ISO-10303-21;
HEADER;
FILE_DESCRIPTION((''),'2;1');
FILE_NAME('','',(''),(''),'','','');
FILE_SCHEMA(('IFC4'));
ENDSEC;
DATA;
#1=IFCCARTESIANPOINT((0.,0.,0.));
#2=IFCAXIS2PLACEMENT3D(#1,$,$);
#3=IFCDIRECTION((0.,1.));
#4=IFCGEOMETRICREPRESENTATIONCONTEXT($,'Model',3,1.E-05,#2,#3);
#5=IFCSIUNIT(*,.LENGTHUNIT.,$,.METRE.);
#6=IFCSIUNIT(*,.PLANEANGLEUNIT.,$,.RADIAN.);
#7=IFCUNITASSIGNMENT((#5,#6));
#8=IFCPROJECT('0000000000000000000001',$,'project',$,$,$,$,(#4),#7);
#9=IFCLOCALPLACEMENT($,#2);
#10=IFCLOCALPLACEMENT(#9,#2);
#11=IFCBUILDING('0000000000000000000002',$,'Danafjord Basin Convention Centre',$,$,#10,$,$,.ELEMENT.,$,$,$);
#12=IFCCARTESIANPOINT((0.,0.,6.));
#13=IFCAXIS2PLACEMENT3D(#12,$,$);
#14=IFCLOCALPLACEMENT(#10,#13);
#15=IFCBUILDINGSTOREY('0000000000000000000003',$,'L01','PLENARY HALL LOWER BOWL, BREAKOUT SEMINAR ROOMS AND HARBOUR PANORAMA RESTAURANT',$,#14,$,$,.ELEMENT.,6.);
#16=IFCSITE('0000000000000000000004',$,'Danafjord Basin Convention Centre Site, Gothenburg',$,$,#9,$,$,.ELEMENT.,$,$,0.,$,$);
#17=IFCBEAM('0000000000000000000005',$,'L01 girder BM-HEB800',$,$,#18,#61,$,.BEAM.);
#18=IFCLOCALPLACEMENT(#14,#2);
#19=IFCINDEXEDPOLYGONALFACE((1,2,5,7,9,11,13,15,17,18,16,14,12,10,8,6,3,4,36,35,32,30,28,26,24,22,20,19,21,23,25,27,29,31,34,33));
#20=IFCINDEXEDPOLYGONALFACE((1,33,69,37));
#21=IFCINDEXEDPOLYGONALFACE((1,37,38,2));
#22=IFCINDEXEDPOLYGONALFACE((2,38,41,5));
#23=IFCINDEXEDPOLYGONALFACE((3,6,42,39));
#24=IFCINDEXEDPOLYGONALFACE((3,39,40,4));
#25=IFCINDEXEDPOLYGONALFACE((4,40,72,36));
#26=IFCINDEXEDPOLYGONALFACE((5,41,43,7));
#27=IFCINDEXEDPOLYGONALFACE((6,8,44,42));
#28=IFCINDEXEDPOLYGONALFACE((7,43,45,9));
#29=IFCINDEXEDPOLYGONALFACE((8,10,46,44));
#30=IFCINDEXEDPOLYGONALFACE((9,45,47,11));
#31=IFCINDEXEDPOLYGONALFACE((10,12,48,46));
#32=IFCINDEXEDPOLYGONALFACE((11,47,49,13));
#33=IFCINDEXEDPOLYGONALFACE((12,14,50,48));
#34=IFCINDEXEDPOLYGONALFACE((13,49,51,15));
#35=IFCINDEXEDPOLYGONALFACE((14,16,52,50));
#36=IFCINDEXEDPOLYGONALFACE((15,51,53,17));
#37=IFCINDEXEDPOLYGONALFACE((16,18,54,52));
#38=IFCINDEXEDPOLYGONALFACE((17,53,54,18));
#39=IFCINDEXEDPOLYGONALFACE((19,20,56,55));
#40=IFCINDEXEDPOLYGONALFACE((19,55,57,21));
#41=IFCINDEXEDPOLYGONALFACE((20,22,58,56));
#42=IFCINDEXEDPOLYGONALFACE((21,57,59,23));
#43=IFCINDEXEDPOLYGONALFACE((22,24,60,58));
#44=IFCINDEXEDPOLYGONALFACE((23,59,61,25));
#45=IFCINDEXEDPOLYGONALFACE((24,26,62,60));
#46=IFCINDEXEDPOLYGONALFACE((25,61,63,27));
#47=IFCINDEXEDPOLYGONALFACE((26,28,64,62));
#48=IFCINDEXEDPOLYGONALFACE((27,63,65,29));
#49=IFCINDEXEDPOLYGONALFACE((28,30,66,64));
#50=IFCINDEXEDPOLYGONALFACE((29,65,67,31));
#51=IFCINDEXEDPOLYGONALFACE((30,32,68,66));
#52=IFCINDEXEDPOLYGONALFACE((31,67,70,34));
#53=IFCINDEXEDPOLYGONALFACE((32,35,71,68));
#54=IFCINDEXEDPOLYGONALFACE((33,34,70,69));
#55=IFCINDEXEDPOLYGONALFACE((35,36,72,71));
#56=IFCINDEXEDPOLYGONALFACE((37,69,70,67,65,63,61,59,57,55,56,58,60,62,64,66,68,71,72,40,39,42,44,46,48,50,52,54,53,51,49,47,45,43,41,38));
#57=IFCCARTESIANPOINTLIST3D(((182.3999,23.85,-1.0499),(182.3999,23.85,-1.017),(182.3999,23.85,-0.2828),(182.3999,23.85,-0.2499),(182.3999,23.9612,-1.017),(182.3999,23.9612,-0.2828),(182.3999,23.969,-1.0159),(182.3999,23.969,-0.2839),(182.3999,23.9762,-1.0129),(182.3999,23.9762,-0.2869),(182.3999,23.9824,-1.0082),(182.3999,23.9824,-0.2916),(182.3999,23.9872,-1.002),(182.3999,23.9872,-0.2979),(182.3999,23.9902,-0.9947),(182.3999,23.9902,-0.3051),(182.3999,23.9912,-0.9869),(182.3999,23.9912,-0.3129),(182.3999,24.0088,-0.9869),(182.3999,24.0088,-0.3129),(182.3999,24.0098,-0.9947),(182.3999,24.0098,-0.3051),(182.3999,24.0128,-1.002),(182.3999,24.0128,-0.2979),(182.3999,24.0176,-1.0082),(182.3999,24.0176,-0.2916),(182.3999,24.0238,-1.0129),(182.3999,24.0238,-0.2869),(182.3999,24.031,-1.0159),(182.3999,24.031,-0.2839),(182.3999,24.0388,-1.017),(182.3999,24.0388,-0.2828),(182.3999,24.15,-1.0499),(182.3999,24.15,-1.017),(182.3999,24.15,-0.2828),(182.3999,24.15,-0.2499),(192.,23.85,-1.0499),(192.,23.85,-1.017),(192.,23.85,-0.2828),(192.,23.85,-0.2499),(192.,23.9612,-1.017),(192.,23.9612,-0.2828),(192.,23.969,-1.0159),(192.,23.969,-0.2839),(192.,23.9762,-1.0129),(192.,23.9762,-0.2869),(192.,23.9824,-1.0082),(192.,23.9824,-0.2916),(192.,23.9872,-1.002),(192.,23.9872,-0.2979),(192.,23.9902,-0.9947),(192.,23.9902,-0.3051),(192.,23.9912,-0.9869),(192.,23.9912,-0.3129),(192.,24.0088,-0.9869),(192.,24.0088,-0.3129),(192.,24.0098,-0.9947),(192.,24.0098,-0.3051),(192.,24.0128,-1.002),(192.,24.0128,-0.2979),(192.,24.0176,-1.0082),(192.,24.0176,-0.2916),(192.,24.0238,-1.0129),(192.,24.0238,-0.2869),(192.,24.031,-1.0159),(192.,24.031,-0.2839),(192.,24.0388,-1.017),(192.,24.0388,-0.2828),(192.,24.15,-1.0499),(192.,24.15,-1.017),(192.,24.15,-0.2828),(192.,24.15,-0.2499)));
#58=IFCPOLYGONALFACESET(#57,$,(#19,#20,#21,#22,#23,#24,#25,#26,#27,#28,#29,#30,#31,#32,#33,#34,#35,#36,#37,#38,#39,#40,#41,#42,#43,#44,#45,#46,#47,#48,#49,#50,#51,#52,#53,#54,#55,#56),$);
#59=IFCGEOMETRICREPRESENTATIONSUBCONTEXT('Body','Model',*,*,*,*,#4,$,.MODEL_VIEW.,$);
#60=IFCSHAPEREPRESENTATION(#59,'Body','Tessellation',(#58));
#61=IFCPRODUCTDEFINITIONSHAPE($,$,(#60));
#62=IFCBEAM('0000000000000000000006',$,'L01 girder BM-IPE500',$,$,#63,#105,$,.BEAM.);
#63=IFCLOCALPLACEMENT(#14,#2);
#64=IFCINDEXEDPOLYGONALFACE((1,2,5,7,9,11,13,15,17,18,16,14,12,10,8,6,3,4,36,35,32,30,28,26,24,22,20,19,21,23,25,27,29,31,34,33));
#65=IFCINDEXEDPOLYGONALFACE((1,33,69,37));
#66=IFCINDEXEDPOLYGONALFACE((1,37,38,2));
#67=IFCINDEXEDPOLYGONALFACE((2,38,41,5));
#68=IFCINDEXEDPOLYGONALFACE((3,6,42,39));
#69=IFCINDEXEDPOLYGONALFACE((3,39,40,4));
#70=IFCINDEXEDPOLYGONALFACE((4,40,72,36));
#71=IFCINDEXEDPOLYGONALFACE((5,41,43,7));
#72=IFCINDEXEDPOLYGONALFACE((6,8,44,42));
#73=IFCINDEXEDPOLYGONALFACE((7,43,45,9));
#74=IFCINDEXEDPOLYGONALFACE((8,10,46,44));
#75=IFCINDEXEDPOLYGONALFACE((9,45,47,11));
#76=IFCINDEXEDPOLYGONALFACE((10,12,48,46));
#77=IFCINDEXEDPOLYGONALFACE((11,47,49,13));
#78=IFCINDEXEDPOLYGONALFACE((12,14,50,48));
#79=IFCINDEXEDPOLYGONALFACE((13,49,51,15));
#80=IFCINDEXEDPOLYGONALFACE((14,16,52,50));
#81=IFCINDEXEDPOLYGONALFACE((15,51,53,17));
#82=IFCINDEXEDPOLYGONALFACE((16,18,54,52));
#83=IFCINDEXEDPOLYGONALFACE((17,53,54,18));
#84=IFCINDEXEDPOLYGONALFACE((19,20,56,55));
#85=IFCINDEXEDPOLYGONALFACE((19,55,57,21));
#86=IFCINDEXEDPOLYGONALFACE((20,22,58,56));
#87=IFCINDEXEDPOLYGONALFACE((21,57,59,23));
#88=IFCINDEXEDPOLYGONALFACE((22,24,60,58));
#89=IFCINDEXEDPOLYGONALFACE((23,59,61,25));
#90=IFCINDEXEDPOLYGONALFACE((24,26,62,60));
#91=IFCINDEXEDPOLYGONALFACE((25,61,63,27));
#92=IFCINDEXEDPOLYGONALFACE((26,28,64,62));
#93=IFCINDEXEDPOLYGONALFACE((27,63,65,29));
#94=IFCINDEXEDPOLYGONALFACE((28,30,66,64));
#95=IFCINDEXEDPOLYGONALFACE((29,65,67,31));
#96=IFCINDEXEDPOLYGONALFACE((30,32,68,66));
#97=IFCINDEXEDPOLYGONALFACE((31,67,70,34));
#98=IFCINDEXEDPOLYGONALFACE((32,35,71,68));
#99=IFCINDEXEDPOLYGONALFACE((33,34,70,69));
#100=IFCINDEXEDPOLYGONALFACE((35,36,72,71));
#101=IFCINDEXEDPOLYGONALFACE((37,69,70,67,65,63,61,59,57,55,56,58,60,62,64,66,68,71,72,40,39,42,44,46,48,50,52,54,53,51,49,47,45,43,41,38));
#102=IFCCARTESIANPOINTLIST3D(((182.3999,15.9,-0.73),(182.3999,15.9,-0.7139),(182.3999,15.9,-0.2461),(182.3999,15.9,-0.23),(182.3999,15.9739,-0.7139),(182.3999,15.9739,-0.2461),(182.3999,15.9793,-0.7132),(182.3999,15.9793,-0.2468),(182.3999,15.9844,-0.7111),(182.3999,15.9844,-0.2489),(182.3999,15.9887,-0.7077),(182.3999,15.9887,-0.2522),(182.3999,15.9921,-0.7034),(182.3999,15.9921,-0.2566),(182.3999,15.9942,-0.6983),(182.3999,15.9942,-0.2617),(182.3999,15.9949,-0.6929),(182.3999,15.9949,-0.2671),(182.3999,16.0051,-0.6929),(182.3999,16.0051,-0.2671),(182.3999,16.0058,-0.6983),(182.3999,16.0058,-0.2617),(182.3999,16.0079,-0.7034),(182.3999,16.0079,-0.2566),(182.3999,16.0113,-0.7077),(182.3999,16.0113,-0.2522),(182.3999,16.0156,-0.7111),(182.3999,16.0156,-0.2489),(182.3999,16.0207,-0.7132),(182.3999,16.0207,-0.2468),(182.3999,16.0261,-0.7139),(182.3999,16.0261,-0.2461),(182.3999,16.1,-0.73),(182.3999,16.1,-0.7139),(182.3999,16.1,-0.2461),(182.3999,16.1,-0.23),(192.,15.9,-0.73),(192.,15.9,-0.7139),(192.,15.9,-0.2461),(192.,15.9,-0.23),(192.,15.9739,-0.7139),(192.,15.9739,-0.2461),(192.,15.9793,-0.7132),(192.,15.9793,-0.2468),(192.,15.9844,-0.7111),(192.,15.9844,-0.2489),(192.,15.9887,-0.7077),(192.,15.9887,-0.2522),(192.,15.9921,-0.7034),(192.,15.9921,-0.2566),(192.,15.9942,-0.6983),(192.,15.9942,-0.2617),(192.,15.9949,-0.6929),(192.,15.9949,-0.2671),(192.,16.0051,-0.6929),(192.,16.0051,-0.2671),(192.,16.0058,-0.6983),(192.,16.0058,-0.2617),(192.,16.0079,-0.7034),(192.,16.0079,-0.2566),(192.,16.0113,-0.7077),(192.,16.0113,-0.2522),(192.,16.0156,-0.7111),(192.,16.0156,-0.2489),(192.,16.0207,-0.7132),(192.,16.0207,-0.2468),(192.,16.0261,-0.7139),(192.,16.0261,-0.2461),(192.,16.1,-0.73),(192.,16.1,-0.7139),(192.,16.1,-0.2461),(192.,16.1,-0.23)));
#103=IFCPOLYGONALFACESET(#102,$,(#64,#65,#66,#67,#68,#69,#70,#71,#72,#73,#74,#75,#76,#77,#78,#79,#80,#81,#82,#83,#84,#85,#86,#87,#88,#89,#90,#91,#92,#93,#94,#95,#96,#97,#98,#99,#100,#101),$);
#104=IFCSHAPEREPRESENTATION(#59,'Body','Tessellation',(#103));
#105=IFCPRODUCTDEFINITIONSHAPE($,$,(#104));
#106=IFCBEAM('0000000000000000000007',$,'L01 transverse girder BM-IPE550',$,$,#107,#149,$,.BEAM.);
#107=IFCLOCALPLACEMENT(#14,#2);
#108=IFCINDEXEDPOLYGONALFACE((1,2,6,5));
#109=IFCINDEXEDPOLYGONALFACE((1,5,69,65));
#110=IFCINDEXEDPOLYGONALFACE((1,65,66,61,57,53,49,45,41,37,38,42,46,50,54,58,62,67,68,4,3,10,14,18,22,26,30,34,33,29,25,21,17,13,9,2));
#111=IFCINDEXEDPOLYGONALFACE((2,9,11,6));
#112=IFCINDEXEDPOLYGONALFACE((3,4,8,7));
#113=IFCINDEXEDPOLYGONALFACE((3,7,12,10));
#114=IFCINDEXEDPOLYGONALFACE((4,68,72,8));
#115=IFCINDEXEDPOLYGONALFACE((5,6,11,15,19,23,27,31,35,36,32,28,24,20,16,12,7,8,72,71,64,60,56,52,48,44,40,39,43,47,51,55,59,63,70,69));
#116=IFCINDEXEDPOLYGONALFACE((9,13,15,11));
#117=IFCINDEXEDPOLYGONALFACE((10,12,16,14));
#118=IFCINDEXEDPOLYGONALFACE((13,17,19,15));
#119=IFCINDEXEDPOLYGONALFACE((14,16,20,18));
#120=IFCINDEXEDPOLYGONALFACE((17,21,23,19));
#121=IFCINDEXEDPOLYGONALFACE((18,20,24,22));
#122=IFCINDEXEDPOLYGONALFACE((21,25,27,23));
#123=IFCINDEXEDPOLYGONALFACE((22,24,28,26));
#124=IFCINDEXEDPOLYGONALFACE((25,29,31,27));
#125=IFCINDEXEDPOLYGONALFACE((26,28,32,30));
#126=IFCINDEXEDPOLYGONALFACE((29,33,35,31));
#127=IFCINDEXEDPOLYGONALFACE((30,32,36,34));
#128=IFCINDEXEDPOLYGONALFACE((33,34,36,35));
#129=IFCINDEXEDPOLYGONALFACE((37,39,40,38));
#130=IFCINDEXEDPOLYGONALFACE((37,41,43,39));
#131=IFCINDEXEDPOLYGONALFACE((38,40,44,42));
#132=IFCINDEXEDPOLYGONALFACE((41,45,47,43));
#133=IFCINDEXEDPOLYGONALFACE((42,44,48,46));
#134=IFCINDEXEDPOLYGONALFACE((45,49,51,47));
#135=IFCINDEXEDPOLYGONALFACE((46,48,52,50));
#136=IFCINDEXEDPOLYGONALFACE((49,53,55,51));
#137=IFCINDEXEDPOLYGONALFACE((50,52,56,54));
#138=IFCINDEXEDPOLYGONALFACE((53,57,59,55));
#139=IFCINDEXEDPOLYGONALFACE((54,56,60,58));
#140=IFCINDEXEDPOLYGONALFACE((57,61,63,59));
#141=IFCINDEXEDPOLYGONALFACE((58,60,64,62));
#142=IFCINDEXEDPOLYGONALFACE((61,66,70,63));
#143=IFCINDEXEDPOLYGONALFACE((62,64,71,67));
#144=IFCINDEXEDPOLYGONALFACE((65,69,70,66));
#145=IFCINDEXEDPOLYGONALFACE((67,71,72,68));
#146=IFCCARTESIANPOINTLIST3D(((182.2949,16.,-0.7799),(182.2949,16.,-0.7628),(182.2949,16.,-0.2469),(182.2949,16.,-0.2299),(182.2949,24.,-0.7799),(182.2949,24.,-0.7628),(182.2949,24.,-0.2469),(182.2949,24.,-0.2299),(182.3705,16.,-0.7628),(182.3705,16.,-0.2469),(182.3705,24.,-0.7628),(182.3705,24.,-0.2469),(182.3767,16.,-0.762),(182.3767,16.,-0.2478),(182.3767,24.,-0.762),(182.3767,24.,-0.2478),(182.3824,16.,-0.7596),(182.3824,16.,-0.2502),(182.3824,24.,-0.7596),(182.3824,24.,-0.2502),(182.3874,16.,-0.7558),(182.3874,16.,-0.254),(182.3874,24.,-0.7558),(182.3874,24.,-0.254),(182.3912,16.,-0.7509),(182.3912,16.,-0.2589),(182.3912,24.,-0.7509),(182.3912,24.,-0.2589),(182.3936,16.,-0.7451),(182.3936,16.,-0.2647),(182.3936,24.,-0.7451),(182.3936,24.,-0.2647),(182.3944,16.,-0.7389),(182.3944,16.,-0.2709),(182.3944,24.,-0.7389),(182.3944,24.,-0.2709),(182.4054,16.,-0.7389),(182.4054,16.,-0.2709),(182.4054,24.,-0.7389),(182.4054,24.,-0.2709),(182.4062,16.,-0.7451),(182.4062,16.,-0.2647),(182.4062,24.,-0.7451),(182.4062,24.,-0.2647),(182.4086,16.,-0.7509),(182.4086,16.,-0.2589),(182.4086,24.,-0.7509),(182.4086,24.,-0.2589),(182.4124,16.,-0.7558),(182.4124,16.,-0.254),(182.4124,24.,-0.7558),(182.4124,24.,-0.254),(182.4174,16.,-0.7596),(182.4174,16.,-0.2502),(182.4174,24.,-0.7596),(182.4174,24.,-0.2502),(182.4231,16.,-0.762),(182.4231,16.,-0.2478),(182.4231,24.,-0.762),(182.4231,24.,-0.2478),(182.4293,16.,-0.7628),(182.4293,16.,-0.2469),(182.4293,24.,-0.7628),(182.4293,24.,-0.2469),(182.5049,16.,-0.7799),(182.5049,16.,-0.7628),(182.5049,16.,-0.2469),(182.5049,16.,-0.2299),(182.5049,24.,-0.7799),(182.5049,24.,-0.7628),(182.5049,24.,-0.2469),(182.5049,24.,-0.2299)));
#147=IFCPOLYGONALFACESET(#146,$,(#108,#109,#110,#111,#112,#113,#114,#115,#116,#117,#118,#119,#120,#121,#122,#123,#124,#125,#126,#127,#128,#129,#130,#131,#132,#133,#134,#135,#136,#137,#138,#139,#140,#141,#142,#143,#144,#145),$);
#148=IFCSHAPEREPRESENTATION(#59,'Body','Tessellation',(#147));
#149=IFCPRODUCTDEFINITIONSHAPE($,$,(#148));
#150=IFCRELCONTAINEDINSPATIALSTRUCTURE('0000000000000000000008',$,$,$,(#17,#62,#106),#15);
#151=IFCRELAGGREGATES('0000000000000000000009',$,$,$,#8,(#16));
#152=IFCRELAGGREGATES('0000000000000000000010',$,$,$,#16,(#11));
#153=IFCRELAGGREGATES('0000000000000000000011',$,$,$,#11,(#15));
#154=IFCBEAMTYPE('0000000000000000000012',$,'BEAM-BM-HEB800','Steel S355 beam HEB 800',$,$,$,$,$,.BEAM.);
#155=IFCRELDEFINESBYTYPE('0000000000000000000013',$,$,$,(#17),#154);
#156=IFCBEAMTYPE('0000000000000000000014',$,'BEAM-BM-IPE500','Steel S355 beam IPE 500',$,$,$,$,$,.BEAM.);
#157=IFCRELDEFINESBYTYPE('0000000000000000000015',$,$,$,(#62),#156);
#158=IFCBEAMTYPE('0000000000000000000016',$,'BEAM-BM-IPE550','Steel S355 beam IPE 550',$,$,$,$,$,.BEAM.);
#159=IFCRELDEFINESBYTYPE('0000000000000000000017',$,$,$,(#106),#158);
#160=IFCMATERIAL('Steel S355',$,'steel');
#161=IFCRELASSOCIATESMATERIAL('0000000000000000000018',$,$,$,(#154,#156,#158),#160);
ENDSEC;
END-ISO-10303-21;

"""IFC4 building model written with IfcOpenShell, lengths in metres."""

from ifc_helpers import new_model, si_unit, direction, frame, origin, origin_2d, place, context, subcontext, project, spatial, i_section, extrude, material, material_profile, profile_set, type_object, element, save


model = new_model("IFC4")

# Units and contexts
model_context = context("Model", 3, precision=1e-05, world=origin(), true_north=direction((0.0, 1.0)))
body_context = subcontext(model_context, "Body", "Model", "MODEL_VIEW")
ifc_project = project(units=[si_unit("LENGTHUNIT", "METRE"), si_unit("PLANEANGLEUNIT", "RADIAN")], contexts=[model_context])

# Site, building, storey
site_placement = place(None, origin())
site = spatial("IfcSite", under=ifc_project, at=site_placement, Name="Danafjord Basin Convention Centre Site, Gothenburg", CompositionType="ELEMENT", RefElevation=0.0)
building_placement = place(site_placement, origin())
building = spatial("IfcBuilding", under=site, at=building_placement, Name="Danafjord Basin Convention Centre", CompositionType="ELEMENT")
storey_placement = place(building_placement, frame((0.0, 0.0, 6.0)))
storey = spatial("IfcBuildingStorey", under=building, at=storey_placement, Name="L01", Description="PLENARY HALL LOWER BOWL, BREAKOUT SEMINAR ROOMS AND HARBOUR PANORAMA RESTAURANT", CompositionType="ELEMENT", Elevation=6.0)

# Shared definitions
ifc_material_1 = material(Name="Steel S355", Category="steel")

# Beams
ifc_material_profile_1 = material_profile(ifc_material_1, i_section(OverallWidth=0.3, OverallDepth=0.8, WebThickness=0.0176, FlangeThickness=0.033, FilletRadius=0.03, at=origin_2d()), Name="HEB 800")
ifc_profile_set_1 = profile_set([ifc_material_profile_1], Name="Steel S355")
beam_type_1 = type_object("IfcBeamType", Name="BEAM-BM-HEB800", Description="Steel S355 beam HEB 800", PredefinedType="BEAM", material=ifc_profile_set_1)
beam_1_placement = place(storey_placement, frame((182.3999, 24.0, -0.6499), z_axis=(1.0, 0.0, 0.0), x_axis=(0.0, 1.0, 0.0)))
element("IfcBeam", 1, at=beam_1_placement, inside=storey, type_object=beam_type_1, Name="L01 girder BM-HEB800", PredefinedType="BEAM", context=body_context, shape_type="SweptSolid", body=[
    extrude(i_section(OverallWidth=0.3, OverallDepth=0.8, WebThickness=0.0176, FlangeThickness=0.033, FilletRadius=0.03, at=origin_2d()), origin(), (0.0, 0.0, 1.0), 9.6001),
])
ifc_material_profile_2 = material_profile(ifc_material_1, i_section(OverallWidth=0.2, OverallDepth=0.5, WebThickness=0.0103, FlangeThickness=0.0161, FilletRadius=0.021, at=origin_2d()), Name="IPE 500")
ifc_profile_set_2 = profile_set([ifc_material_profile_2], Name="Steel S355")
beam_type_2 = type_object("IfcBeamType", Name="BEAM-BM-IPE500", Description="Steel S355 beam IPE 500", PredefinedType="BEAM", material=ifc_profile_set_2)
beam_2_placement = place(storey_placement, frame((182.3999, 16.0, -0.48), z_axis=(1.0, 0.0, 0.0), x_axis=(0.0, 1.0, 0.0)))
element("IfcBeam", 2, at=beam_2_placement, inside=storey, type_object=beam_type_2, Name="L01 girder BM-IPE500", PredefinedType="BEAM", context=body_context, shape_type="SweptSolid", body=[
    extrude(i_section(OverallWidth=0.2, OverallDepth=0.5, WebThickness=0.0103, FlangeThickness=0.0161, FilletRadius=0.021, at=origin_2d()), origin(), (0.0, 0.0, 1.0), 9.6001),
])
ifc_material_profile_3 = material_profile(ifc_material_1, i_section(OverallWidth=0.21, OverallDepth=0.55, WebThickness=0.011, FlangeThickness=0.0171, FilletRadius=0.0239, at=origin_2d()), Name="IPE 550")
ifc_profile_set_3 = profile_set([ifc_material_profile_3], Name="Steel S355")
beam_type_3 = type_object("IfcBeamType", Name="BEAM-BM-IPE550", Description="Steel S355 beam IPE 550", PredefinedType="BEAM", material=ifc_profile_set_3)
beam_3_placement = place(storey_placement, frame((182.3999, 16.0, -0.5049), z_axis=(0.0, 1.0, 0.0), x_axis=(-1.0, 0.0, 0.0)))
element("IfcBeam", 3, at=beam_3_placement, inside=storey, type_object=beam_type_3, Name="L01 transverse girder BM-IPE550", PredefinedType="BEAM", context=body_context, shape_type="SweptSolid", body=[
    extrude(i_section(OverallWidth=0.21, OverallDepth=0.55, WebThickness=0.011, FlangeThickness=0.0171, FilletRadius=0.0239, at=origin_2d()), origin(), (0.0, 0.0, 1.0), 8.0),
])

save(model, "model.ifc")
